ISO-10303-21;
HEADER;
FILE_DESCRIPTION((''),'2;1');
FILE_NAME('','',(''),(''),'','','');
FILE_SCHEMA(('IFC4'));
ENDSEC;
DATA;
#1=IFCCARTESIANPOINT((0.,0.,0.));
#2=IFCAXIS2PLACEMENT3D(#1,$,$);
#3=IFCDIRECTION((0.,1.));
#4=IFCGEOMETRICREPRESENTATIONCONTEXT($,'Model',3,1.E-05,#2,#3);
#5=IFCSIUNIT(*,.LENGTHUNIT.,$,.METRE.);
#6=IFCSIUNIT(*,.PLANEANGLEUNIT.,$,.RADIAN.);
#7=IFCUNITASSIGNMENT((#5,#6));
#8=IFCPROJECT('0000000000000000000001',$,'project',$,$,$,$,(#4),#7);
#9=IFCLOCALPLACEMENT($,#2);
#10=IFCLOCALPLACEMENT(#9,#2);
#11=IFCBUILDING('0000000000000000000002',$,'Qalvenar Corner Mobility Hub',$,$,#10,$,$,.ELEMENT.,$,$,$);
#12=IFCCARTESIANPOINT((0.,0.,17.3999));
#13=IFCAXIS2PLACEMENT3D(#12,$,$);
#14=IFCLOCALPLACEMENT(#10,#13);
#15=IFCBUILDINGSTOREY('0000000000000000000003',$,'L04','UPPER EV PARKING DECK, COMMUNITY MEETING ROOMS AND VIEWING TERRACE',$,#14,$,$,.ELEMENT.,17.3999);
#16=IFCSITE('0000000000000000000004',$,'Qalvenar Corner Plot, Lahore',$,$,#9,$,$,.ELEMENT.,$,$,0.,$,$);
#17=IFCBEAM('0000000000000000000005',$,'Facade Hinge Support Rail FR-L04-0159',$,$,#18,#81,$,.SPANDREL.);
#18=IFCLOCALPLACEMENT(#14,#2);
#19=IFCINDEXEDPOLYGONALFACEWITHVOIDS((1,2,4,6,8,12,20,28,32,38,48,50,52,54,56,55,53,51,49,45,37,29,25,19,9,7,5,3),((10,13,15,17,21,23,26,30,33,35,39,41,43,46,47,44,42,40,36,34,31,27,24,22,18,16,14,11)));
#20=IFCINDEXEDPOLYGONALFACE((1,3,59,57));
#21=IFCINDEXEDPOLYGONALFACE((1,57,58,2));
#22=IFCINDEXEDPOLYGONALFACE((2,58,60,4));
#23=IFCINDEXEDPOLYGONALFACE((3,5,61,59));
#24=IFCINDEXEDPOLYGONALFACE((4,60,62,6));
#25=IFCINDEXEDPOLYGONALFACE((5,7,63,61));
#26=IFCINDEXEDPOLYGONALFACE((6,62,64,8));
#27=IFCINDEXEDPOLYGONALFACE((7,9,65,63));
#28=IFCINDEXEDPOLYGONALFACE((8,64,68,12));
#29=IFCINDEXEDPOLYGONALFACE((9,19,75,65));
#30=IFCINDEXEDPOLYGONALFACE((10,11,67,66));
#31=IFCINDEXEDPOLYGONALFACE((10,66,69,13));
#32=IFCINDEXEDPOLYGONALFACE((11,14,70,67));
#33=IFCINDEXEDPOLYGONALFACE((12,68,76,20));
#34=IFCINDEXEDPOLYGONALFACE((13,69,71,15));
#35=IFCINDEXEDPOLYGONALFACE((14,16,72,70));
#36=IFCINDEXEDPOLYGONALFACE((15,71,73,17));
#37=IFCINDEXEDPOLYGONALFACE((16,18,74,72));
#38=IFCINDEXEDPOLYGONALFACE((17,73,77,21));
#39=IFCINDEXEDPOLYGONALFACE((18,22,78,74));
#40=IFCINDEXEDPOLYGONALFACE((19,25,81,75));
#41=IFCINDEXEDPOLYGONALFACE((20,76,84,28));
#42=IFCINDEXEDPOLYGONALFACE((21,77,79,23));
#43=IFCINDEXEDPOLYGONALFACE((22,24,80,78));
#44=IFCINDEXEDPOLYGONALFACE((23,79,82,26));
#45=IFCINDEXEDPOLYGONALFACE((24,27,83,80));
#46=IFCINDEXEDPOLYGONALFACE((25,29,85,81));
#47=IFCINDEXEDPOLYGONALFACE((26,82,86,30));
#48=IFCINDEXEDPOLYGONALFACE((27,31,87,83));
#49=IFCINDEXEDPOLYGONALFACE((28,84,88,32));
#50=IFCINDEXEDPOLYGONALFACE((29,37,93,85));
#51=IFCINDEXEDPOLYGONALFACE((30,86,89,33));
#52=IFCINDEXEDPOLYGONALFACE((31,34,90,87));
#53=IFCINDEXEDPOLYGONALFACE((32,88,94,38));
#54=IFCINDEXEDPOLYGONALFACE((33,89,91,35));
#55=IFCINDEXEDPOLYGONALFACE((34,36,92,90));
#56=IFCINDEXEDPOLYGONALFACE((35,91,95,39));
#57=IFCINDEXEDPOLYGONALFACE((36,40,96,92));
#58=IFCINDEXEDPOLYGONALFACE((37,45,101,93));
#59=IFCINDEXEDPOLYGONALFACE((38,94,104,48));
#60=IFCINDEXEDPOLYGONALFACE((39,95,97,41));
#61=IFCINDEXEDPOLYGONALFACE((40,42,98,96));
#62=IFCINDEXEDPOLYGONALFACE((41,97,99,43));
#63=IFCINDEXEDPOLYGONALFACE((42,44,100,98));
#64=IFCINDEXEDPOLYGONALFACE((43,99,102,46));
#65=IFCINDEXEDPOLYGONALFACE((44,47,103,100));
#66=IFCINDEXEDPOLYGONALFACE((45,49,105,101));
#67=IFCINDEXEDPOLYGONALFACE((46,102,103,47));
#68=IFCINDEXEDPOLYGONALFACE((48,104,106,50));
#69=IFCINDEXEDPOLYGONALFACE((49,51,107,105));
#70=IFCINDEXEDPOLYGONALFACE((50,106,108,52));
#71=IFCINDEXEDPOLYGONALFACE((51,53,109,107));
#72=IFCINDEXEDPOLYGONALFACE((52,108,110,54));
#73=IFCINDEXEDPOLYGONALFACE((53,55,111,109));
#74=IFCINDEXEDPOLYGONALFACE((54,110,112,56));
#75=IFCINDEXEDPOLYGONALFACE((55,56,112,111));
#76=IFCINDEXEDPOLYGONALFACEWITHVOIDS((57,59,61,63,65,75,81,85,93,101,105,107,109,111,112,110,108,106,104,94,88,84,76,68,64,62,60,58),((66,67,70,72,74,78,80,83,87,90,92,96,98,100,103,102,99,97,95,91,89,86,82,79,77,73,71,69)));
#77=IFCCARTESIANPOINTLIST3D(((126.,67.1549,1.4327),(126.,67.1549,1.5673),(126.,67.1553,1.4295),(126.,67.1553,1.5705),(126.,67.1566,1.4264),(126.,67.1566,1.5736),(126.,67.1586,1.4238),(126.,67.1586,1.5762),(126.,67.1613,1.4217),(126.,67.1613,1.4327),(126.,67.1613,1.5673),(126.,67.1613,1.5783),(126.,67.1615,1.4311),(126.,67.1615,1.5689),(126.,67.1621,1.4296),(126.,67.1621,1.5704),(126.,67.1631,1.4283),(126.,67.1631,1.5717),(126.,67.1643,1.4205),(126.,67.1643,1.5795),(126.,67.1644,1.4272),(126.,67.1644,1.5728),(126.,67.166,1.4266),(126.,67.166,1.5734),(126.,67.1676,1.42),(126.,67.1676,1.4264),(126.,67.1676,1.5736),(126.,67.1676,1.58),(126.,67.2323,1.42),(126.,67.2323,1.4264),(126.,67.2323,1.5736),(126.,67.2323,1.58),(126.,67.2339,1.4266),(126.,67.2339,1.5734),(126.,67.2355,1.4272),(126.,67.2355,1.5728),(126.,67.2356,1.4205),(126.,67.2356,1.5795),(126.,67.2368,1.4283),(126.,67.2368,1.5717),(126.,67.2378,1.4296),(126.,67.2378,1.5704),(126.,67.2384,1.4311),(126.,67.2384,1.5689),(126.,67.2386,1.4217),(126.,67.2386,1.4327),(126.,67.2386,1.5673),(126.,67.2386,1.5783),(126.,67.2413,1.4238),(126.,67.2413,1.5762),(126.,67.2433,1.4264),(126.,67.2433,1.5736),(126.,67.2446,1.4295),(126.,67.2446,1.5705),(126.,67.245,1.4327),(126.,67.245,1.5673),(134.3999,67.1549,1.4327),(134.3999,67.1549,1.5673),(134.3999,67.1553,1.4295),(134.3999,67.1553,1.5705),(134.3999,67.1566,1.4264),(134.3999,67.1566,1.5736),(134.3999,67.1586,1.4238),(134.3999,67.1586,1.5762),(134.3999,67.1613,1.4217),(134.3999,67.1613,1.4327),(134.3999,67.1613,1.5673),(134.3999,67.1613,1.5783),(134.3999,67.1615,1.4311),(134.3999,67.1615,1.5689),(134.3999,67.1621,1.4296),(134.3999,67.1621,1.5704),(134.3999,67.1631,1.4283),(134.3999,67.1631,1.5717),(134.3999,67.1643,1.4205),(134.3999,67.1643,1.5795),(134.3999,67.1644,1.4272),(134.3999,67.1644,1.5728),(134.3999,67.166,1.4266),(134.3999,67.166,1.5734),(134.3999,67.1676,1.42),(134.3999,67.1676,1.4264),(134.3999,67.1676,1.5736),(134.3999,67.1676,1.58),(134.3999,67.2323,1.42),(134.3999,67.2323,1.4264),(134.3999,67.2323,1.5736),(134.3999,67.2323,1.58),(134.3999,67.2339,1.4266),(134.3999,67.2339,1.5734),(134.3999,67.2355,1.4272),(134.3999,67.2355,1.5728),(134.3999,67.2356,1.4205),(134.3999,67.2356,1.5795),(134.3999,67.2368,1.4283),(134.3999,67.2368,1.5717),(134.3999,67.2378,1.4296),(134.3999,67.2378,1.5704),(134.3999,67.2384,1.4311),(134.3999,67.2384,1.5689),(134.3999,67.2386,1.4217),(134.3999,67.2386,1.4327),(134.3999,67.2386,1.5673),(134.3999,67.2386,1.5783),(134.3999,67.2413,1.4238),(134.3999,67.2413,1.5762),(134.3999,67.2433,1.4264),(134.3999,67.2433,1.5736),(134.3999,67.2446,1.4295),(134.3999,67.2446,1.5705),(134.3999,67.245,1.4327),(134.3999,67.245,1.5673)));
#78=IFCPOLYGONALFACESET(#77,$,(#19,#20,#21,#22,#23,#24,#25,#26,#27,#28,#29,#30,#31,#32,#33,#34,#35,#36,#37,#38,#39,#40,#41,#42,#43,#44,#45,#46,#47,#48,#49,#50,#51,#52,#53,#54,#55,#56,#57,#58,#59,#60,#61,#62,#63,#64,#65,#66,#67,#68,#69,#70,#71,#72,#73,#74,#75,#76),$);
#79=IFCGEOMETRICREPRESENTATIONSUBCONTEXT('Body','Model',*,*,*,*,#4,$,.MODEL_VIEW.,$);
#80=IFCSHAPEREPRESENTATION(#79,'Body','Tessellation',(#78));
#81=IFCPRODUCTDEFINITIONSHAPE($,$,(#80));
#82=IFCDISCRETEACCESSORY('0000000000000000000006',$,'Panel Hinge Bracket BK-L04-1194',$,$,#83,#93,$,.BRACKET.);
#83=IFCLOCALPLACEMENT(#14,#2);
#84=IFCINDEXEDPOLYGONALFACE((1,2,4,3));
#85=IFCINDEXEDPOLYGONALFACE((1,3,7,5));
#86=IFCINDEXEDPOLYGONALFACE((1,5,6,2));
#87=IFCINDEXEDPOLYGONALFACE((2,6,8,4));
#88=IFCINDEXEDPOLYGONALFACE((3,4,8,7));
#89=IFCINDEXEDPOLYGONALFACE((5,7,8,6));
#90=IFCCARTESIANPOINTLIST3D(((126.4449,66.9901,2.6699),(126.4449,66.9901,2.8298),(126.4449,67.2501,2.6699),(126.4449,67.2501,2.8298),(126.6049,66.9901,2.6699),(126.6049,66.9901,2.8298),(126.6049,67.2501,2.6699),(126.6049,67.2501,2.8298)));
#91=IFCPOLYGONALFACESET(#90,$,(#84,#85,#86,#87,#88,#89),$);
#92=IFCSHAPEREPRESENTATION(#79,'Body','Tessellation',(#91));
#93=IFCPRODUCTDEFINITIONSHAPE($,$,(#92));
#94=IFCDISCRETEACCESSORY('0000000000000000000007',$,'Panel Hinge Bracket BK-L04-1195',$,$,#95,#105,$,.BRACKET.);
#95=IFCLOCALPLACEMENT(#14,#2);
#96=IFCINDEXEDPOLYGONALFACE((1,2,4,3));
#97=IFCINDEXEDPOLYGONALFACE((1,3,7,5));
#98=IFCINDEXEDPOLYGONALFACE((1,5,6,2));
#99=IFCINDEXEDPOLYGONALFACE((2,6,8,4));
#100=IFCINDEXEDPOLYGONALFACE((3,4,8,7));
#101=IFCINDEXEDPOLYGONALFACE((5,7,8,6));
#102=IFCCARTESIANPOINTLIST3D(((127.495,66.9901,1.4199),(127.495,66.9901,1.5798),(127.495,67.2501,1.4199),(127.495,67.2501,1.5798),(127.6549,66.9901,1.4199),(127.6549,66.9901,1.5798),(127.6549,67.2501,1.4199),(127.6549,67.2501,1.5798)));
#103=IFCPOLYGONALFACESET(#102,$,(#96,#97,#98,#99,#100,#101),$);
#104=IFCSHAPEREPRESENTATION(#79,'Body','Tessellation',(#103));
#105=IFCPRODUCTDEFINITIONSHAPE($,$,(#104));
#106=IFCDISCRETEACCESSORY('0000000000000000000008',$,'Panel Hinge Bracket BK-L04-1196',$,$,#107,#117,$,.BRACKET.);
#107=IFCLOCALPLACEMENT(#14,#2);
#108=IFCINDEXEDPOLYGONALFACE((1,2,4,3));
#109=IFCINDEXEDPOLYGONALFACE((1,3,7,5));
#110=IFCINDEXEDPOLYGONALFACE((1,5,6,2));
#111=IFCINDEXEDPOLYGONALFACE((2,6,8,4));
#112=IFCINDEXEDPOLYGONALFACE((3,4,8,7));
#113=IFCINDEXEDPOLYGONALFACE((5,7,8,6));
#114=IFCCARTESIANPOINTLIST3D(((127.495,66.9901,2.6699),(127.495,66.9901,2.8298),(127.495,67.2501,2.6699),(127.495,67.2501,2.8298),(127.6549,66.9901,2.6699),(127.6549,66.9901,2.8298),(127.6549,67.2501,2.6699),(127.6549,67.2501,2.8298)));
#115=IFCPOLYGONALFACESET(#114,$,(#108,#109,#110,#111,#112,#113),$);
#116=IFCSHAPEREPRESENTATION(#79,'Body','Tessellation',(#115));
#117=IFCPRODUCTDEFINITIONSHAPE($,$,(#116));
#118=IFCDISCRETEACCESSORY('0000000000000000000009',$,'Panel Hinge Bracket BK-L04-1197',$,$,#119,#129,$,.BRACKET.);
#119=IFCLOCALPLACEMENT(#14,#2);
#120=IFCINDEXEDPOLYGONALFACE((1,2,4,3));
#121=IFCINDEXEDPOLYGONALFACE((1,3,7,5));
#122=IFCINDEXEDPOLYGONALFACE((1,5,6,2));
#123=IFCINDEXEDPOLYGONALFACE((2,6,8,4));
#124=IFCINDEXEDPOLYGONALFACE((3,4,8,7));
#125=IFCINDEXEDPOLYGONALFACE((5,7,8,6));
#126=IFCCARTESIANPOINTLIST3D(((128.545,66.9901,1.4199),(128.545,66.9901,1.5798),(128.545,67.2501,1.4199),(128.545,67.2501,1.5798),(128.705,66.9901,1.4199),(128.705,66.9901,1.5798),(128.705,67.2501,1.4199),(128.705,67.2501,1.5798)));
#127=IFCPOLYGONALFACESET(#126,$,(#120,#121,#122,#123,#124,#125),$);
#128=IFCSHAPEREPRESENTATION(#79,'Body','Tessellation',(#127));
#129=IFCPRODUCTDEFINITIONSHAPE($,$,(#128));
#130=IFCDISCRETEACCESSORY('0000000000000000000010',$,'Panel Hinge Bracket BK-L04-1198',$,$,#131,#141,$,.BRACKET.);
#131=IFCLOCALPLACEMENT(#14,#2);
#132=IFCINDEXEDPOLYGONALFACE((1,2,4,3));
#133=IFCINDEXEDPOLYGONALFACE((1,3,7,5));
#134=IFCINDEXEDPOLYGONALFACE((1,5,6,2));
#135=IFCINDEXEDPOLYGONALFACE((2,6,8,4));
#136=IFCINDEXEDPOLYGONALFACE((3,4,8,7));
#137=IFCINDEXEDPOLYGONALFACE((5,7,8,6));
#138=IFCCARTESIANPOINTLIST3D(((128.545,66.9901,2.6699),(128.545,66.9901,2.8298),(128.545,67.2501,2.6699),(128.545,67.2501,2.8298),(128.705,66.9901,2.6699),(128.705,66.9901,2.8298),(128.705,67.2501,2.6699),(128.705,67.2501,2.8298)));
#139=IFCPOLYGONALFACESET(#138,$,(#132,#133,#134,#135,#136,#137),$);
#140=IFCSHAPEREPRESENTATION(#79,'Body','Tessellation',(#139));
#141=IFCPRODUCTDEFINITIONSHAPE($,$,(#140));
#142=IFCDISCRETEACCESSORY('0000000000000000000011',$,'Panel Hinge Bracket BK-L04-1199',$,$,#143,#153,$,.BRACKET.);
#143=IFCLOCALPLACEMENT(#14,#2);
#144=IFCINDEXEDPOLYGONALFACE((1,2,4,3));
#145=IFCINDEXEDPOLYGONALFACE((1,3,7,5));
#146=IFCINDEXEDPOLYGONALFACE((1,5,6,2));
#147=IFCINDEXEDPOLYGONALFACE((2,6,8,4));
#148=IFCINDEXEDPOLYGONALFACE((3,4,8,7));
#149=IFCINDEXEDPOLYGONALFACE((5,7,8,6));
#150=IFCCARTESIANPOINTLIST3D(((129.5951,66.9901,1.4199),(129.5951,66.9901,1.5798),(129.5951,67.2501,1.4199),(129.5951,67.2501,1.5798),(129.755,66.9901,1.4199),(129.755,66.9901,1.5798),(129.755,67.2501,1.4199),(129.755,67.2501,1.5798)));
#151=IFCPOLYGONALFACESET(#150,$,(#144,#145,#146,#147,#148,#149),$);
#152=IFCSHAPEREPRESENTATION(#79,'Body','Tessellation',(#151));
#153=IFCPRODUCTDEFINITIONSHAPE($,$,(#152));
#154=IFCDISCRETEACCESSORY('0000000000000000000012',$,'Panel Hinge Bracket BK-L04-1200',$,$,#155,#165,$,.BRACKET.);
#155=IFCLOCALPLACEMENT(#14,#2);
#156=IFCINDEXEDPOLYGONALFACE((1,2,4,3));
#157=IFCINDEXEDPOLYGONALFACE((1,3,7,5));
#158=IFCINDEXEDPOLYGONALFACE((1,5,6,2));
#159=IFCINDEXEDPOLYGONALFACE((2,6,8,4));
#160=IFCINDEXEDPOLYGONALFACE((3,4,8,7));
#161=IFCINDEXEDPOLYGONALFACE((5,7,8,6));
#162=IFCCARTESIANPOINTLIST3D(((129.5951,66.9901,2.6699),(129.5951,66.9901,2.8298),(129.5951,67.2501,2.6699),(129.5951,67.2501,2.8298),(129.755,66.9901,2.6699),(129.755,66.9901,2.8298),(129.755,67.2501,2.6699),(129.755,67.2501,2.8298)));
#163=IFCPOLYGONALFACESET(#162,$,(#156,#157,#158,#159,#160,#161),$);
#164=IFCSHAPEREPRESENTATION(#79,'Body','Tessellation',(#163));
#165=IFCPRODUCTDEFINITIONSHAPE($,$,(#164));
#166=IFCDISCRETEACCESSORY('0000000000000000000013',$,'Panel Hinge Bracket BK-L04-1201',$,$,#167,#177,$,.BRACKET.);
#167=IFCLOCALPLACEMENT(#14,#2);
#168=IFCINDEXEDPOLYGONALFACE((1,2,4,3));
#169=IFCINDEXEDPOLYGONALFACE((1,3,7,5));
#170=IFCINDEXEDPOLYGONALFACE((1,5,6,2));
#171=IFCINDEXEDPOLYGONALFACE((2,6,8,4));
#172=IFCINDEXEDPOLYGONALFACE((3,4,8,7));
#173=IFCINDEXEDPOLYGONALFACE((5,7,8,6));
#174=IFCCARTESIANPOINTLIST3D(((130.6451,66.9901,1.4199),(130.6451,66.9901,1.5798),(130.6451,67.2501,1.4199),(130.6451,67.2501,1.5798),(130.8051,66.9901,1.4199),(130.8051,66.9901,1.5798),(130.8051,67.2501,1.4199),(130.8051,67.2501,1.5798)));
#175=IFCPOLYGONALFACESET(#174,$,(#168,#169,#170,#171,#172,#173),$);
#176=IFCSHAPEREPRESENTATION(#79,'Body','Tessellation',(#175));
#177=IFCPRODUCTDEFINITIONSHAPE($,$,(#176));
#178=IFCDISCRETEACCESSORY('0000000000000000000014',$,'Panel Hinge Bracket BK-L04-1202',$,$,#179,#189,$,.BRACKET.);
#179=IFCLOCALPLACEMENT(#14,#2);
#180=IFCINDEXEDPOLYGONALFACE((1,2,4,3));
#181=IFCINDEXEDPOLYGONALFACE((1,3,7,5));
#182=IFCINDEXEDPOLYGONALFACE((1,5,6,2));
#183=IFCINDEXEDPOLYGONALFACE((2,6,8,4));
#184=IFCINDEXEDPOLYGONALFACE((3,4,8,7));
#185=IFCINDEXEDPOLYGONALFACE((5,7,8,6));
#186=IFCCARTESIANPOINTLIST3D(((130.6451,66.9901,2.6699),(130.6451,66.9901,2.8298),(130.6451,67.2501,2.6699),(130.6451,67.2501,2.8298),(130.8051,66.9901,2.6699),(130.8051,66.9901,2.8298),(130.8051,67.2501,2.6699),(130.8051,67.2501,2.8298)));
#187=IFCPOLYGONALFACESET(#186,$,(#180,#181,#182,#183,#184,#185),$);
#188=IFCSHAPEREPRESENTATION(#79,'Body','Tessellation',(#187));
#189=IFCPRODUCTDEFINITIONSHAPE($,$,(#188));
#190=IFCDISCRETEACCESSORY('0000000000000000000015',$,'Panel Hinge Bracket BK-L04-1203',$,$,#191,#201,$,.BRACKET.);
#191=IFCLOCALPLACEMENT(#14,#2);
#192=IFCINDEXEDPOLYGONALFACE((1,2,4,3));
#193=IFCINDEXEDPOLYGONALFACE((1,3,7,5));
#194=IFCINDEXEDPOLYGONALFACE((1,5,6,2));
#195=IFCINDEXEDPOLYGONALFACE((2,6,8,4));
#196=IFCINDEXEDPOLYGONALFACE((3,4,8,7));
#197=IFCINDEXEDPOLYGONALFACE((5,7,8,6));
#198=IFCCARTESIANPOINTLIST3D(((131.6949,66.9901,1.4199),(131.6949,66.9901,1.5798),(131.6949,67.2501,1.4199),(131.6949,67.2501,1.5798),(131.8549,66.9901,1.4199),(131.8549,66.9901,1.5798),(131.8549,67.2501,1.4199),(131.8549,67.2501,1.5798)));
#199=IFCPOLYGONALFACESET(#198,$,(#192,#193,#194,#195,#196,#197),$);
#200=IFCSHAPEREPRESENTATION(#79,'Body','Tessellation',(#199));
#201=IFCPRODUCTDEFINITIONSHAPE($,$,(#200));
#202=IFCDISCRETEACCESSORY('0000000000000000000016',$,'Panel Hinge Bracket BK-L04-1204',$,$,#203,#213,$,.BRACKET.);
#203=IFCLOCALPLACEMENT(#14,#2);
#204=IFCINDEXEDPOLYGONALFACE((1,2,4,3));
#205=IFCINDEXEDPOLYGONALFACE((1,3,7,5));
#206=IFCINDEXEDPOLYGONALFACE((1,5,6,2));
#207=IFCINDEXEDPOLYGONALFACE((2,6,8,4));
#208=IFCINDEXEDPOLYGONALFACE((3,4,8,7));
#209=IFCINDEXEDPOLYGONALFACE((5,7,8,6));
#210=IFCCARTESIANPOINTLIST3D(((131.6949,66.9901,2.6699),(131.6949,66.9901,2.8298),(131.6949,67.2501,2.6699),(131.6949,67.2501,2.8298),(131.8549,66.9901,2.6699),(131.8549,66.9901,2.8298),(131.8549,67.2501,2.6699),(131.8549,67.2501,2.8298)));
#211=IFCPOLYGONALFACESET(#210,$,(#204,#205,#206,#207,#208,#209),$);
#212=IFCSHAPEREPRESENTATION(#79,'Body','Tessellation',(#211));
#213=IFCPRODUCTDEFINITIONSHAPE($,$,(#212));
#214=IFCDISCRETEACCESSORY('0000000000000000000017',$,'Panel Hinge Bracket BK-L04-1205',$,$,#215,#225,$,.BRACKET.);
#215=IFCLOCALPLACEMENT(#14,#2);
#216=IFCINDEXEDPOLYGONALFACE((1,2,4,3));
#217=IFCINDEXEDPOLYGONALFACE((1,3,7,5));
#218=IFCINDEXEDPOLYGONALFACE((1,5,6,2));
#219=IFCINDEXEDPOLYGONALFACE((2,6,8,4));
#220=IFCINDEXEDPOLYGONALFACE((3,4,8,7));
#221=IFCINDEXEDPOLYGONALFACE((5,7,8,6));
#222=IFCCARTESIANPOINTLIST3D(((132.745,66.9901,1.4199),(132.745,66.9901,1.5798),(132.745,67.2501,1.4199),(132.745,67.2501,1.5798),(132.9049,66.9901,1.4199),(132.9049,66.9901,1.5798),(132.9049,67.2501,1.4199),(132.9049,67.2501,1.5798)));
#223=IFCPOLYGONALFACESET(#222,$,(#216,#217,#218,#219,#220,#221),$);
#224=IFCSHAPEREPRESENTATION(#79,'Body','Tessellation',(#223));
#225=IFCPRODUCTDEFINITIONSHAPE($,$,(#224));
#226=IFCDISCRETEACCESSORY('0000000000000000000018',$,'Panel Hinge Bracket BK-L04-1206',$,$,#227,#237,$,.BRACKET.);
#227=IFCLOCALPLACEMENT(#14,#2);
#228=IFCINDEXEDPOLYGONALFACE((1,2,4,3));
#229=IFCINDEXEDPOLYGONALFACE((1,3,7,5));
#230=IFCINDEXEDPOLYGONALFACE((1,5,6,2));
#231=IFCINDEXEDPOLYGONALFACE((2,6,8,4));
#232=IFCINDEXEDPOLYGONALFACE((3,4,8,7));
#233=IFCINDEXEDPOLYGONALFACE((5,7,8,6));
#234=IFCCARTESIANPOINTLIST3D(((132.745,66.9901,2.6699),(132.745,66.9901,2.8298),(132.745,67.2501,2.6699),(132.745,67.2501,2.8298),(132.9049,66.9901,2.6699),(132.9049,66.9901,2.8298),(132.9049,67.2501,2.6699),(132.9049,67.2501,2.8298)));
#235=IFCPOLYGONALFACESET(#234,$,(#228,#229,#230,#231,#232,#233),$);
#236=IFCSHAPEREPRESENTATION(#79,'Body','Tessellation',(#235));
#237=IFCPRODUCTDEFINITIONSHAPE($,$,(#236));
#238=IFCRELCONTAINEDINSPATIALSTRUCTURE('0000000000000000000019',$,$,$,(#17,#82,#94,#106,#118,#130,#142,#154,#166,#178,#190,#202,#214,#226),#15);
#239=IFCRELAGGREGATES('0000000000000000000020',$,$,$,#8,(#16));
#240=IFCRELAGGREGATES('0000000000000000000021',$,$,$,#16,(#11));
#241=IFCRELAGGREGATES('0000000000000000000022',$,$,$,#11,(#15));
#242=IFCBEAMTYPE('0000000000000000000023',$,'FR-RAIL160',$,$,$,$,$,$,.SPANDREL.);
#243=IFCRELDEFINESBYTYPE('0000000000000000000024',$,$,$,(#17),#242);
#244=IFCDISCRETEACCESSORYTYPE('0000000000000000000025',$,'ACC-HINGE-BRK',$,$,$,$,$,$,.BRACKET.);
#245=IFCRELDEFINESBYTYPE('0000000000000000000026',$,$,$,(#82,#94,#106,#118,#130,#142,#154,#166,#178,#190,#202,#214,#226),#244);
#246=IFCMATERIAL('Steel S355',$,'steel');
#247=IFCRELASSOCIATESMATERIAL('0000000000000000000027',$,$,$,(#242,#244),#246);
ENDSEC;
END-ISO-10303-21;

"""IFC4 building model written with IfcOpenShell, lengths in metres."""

from ifc_helpers import new_model, si_unit, direction, frame, origin, origin_2d, place, context, subcontext, project, spatial, rectangle, hollow_rectangle, extrude, material, material_profile, profile_set, type_object, element, save


model = new_model("IFC4")

# Units and contexts
model_context = context("Model", 3, precision=1e-05, world=origin(), true_north=direction((0.0, 1.0)))
body_context = subcontext(model_context, "Body", "Model", "MODEL_VIEW")
ifc_project = project(units=[si_unit("LENGTHUNIT", "METRE"), si_unit("PLANEANGLEUNIT", "RADIAN")], contexts=[model_context])

# Site, building, storey
site_placement = place(None, origin())
site = spatial("IfcSite", under=ifc_project, at=site_placement, Name="Qalvenar Corner Plot, Lahore", CompositionType="ELEMENT", RefElevation=0.0)
building_placement = place(site_placement, origin())
building = spatial("IfcBuilding", under=site, at=building_placement, Name="Qalvenar Corner Mobility Hub", CompositionType="ELEMENT")
storey_placement = place(building_placement, frame((0.0, 0.0, 17.3999)))
storey = spatial("IfcBuildingStorey", under=building, at=storey_placement, Name="L04", Description="UPPER EV PARKING DECK, COMMUNITY MEETING ROOMS AND VIEWING TERRACE", CompositionType="ELEMENT", Elevation=17.3999)

# Shared definitions
ifc_material = material(Name="Steel S355", Category="steel")

# Beam
ifc_material_profile_1 = material_profile(ifc_material, hollow_rectangle(XDim=0.0901, YDim=0.1599, WallThickness=0.0063, InnerFilletRadius=0.0063, OuterFilletRadius=0.0127, at=origin_2d()), Name="RHS160x90x6.3")
ifc_profile_set_1 = profile_set([ifc_material_profile_1], Name="Steel S355")
beam_type_1 = type_object("IfcBeamType", Name="FR-RAIL160", PredefinedType="SPANDREL", material=ifc_profile_set_1)
beam_1_placement = place(storey_placement, frame((126.0, 67.2, 1.5), z_axis=(1.0, 0.0, 0.0), x_axis=(0.0, 1.0, 0.0)))
element("IfcBeam", 1, at=beam_1_placement, inside=storey, type_object=beam_type_1, Name="Facade Hinge Support Rail FR-L04-0159", PredefinedType="SPANDREL", context=body_context, shape_type="SweptSolid", body=[
    extrude(hollow_rectangle(XDim=0.0901, YDim=0.1599, WallThickness=0.0063, InnerFilletRadius=0.0063, OuterFilletRadius=0.0127, at=origin_2d()), origin(), (0.0, 0.0, 1.0), 8.3999),
])

# Discrete accessories
discrete_accessory_type = type_object("IfcDiscreteAccessoryType", Name="ACC-HINGE-BRK", PredefinedType="BRACKET", material=ifc_material)
for number, where, z_axis, x_axis, name in (
    (2, (126.5249, 67.1201, 2.6699), (0.0, 0.0, 1.0), (1.0, 0.0, 0.0), "Panel Hinge Bracket BK-L04-1194"),
    (3, (127.575, 67.1201, 1.4199), (0.0, 0.0, 1.0), (1.0, 0.0, 0.0), "Panel Hinge Bracket BK-L04-1195"),
    (4, (127.575, 67.1201, 2.6699), (0.0, 0.0, 1.0), (1.0, 0.0, 0.0), "Panel Hinge Bracket BK-L04-1196"),
    (5, (128.625, 67.1201, 1.4199), (0.0, 0.0, 1.0), (1.0, 0.0, 0.0), "Panel Hinge Bracket BK-L04-1197"),
    (6, (128.625, 67.1201, 2.6699), (0.0, 0.0, 1.0), (1.0, 0.0, 0.0), "Panel Hinge Bracket BK-L04-1198"),
    (7, (129.675, 67.1201, 1.4199), (0.0, 0.0, 1.0), (1.0, 0.0, 0.0), "Panel Hinge Bracket BK-L04-1199"),
    (8, (129.675, 67.1201, 2.6699), (0.0, 0.0, 1.0), (1.0, 0.0, 0.0), "Panel Hinge Bracket BK-L04-1200"),
    (9, (130.7251, 67.1201, 1.4199), (0.0, 0.0, 1.0), (1.0, 0.0, 0.0), "Panel Hinge Bracket BK-L04-1201"),
    (10, (130.7251, 67.1201, 2.6699), (0.0, 0.0, 1.0), (1.0, 0.0, 0.0), "Panel Hinge Bracket BK-L04-1202"),
    (11, (131.7749, 67.1201, 1.4199), (0.0, 0.0, 1.0), (1.0, 0.0, 0.0), "Panel Hinge Bracket BK-L04-1203"),
    (12, (131.7749, 67.1201, 2.6699), (0.0, 0.0, 1.0), (1.0, 0.0, 0.0), "Panel Hinge Bracket BK-L04-1204"),
    (13, (132.825, 67.1201, 1.4199), (0.0, 0.0, 1.0), (1.0, 0.0, 0.0), "Panel Hinge Bracket BK-L04-1205"),
    (14, (132.825, 67.1201, 2.6699), (0.0, 0.0, 1.0), (1.0, 0.0, 0.0), "Panel Hinge Bracket BK-L04-1206"),
):
    element("IfcDiscreteAccessory", number, at=place(storey_placement, frame(where, z_axis=z_axis, x_axis=x_axis)), inside=storey, type_object=discrete_accessory_type, Name=name, PredefinedType="BRACKET", context=body_context, shape_type="SweptSolid", body=[
        extrude(rectangle(XDim=0.1599, YDim=0.26, at=origin_2d()), origin(), (0.0, 0.0, 1.0), 0.1599),
    ])

save(model, "model.ifc")
